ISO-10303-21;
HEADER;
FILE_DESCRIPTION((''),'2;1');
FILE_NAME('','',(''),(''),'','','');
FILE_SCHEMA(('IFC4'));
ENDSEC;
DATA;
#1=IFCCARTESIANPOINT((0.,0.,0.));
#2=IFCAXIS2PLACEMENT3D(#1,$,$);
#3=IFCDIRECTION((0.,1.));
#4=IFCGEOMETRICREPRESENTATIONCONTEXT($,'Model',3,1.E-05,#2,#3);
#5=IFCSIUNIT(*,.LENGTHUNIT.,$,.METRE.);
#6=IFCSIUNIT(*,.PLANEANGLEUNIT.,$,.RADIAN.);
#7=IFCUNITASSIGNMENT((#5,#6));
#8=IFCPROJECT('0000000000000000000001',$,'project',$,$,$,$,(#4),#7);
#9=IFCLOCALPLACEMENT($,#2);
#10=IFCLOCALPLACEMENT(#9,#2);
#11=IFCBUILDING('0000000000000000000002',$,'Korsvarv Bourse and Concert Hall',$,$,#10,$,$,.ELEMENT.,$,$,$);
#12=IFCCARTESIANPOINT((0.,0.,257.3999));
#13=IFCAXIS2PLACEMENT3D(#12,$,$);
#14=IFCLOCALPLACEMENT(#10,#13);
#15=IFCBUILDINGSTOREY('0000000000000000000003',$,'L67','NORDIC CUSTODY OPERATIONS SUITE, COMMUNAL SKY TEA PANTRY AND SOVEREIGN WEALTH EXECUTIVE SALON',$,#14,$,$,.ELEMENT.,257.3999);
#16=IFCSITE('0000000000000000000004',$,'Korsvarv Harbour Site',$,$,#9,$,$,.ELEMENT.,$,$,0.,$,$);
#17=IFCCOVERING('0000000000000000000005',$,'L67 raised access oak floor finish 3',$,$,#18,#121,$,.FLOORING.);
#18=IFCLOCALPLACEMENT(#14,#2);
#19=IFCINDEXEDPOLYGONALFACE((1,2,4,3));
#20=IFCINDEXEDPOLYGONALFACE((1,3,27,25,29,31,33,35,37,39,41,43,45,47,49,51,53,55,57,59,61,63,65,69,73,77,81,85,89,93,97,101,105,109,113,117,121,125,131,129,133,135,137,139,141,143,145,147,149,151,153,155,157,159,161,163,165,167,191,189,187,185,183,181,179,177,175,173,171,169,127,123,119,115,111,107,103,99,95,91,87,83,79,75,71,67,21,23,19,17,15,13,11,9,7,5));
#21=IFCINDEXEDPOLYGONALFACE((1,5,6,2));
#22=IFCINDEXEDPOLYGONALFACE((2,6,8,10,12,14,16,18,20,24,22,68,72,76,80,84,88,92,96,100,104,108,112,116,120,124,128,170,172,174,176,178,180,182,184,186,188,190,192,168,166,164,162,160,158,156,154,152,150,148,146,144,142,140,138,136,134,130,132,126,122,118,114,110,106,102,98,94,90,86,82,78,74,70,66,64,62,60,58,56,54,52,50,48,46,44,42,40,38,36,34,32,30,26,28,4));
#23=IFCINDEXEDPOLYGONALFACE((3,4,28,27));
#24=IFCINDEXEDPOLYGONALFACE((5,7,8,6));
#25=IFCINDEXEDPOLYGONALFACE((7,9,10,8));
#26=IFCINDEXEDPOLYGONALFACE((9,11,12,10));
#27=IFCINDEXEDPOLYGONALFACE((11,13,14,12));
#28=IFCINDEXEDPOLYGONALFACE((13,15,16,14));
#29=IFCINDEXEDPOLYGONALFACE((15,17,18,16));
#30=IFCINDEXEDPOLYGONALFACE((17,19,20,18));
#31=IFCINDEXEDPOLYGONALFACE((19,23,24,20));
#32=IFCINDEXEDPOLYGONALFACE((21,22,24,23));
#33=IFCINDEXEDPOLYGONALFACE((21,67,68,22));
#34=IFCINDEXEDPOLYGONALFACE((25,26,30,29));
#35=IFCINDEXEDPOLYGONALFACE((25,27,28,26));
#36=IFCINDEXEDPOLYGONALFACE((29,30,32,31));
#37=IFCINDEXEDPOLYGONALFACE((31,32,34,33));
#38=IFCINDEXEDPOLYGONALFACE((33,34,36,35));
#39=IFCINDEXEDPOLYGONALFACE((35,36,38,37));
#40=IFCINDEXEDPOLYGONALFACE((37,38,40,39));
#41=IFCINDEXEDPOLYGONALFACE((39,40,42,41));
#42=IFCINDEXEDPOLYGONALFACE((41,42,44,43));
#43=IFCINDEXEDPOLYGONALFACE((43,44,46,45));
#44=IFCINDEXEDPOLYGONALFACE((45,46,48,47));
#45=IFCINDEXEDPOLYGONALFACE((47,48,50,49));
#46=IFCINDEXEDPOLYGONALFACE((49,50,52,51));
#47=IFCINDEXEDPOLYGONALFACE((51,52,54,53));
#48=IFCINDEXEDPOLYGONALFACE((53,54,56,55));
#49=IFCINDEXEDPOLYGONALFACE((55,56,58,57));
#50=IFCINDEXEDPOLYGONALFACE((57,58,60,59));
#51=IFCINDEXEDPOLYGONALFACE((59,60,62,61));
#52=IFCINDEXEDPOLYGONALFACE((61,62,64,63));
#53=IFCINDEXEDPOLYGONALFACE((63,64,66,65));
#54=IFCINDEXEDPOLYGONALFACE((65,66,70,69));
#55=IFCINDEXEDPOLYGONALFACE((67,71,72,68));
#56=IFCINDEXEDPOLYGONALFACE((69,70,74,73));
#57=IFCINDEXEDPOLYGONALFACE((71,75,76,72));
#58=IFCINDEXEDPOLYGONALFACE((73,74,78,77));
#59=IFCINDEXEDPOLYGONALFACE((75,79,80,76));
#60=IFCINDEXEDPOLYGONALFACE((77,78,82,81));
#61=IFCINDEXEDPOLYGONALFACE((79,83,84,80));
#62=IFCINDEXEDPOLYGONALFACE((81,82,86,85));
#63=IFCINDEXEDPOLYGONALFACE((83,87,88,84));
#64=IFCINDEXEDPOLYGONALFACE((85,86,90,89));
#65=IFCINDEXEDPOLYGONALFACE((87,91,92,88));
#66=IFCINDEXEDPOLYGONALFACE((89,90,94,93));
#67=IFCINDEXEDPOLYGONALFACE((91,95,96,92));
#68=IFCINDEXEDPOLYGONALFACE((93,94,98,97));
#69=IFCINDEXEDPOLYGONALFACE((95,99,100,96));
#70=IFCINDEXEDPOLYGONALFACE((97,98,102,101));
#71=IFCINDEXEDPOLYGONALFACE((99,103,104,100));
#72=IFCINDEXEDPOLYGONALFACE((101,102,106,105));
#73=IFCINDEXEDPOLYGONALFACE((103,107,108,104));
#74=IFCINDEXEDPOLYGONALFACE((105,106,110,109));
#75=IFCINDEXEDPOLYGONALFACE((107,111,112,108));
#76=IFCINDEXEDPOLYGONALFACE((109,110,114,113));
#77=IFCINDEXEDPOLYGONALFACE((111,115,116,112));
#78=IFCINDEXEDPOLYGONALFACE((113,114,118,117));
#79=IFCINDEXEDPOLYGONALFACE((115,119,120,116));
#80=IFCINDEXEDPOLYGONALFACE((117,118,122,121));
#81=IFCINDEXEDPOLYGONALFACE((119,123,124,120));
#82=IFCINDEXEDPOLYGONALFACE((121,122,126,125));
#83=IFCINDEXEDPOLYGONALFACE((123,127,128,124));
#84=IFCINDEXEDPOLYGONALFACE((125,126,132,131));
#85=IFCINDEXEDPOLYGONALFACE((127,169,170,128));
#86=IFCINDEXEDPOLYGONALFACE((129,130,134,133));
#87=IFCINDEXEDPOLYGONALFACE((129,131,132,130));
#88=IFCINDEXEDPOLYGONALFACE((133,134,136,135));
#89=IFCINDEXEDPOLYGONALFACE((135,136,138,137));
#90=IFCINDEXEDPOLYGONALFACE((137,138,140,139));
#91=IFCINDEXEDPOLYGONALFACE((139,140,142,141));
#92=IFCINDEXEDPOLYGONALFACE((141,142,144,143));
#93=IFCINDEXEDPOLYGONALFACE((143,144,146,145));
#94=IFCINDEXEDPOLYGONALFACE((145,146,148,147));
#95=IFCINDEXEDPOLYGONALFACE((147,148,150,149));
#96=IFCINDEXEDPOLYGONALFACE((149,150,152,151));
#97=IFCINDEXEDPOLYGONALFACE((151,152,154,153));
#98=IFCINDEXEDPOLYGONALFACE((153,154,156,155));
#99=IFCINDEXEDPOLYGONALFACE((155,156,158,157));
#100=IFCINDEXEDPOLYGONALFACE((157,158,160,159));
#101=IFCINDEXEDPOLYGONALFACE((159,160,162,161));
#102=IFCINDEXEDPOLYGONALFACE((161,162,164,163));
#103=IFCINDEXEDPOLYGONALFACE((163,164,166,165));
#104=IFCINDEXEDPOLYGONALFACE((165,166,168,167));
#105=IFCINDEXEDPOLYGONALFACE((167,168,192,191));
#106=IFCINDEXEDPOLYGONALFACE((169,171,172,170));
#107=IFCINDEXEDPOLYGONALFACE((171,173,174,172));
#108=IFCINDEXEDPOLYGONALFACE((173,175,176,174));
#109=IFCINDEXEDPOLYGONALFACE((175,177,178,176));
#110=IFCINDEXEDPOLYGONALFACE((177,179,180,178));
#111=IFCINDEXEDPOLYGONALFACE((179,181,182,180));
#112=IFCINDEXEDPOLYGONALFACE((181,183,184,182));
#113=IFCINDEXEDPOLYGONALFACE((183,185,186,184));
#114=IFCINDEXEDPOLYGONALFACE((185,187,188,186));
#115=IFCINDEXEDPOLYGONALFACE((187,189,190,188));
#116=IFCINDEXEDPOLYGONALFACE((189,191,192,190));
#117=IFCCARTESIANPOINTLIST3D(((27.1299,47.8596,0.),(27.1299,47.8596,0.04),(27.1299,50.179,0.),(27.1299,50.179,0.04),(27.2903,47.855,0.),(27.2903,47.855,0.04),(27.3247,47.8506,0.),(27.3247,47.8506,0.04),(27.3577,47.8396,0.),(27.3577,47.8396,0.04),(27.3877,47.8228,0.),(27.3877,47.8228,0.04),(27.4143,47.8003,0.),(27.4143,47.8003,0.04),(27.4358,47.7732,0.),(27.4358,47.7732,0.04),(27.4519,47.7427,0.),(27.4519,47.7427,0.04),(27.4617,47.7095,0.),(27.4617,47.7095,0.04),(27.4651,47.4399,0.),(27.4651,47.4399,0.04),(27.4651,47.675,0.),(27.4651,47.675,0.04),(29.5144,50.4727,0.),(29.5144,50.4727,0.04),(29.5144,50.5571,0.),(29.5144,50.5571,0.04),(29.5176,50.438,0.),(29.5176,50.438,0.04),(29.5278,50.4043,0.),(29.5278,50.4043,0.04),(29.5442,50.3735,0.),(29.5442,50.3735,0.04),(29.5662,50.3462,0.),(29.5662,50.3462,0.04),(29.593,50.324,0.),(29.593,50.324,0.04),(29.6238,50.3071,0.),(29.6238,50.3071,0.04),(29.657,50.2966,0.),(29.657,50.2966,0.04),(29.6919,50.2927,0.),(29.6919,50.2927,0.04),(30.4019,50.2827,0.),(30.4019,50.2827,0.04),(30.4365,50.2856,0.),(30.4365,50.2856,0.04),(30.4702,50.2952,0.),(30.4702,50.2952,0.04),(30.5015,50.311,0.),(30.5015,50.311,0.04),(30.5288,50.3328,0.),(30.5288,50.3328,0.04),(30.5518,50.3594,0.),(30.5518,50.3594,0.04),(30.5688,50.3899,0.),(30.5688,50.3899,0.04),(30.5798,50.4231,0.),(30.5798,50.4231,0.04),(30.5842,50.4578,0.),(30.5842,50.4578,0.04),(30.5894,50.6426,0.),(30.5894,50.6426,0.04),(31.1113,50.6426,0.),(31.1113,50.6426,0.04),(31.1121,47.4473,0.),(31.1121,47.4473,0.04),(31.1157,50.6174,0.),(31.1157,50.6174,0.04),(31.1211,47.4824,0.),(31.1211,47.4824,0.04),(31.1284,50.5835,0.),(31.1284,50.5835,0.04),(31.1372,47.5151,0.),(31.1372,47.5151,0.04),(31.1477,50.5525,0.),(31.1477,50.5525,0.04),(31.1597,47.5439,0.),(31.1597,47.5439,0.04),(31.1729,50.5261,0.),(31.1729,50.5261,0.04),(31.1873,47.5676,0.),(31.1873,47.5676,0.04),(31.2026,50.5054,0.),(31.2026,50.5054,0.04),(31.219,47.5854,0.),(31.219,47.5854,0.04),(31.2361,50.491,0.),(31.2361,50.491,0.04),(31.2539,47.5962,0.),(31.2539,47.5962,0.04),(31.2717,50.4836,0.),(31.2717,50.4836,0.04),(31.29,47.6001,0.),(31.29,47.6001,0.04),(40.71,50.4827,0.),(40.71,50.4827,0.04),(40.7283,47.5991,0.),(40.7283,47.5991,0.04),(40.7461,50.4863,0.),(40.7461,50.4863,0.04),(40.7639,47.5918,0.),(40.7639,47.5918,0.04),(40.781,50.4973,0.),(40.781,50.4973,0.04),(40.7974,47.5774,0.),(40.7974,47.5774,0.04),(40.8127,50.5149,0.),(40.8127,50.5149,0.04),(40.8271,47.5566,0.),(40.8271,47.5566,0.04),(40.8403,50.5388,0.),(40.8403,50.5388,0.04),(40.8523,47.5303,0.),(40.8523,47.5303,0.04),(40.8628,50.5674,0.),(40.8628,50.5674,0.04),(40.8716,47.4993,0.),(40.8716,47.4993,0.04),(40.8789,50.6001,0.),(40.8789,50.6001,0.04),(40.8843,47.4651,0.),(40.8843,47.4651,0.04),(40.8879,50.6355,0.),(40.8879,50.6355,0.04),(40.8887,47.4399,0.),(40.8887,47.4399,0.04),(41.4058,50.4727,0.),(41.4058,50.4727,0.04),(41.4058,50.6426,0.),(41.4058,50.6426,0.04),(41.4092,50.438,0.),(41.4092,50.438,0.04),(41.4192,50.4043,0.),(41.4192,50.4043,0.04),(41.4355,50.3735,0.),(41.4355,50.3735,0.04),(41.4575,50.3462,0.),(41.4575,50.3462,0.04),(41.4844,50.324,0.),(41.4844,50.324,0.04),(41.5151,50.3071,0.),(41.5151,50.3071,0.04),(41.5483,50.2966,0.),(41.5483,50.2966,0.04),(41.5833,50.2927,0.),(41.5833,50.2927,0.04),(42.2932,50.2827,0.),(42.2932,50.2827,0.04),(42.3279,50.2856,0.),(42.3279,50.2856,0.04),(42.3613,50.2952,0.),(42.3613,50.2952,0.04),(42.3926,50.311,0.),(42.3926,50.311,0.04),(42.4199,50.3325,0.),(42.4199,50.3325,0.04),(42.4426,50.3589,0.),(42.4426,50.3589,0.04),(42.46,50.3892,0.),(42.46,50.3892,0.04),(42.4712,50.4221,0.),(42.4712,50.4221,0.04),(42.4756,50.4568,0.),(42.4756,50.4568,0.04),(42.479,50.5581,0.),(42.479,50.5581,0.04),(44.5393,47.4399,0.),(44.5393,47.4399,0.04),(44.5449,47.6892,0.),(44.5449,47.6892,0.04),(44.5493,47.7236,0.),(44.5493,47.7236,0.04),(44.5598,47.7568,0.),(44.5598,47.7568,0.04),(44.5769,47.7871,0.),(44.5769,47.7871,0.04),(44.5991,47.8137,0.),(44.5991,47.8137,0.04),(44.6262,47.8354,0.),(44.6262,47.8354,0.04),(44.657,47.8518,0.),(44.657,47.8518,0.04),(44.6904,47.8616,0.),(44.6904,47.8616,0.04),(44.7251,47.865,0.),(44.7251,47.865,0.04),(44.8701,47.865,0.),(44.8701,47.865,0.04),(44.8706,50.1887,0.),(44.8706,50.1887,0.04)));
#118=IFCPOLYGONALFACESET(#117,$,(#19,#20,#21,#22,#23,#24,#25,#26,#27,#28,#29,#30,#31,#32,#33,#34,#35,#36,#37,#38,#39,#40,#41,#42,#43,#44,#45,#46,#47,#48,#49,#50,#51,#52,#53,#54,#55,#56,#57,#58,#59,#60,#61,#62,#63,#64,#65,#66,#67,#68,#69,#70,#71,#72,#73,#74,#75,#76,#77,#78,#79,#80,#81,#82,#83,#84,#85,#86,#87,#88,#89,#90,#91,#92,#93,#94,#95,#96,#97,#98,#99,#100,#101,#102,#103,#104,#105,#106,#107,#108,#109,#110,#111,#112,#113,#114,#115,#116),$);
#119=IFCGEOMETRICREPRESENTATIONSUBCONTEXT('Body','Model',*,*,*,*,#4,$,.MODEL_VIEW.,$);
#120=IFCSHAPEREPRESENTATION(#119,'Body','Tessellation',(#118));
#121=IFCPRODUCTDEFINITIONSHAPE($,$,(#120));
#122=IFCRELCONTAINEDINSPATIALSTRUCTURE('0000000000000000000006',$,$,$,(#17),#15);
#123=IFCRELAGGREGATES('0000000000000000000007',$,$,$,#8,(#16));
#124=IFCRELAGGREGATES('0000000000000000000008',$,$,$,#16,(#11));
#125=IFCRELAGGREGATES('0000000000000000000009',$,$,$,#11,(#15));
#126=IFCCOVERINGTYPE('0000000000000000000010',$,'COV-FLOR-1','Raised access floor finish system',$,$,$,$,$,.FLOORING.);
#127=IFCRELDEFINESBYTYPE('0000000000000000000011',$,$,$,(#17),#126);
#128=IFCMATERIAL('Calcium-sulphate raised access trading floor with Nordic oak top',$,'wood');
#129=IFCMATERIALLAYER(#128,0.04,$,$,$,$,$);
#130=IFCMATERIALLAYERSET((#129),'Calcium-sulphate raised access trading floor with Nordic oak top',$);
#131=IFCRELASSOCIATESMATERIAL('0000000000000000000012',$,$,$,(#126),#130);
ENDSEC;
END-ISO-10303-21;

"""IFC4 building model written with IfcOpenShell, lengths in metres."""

from ifc_helpers import new_model, si_unit, direction, frame, origin, place, context, subcontext, project, spatial, polyline, outline, extrude, material, layer, layer_set, type_object, element, save


model = new_model("IFC4")

# Units and contexts
model_context = context("Model", 3, precision=1e-05, world=origin(), true_north=direction((0.0, 1.0)))
body_context = subcontext(model_context, "Body", "Model", "MODEL_VIEW")
ifc_project = project(units=[si_unit("LENGTHUNIT", "METRE"), si_unit("PLANEANGLEUNIT", "RADIAN")], contexts=[model_context])

# Site, building, storey
site_placement = place(None, origin())
site = spatial("IfcSite", under=ifc_project, at=site_placement, Name="Korsvarv Harbour Site", CompositionType="ELEMENT", RefElevation=0.0)
building_placement = place(site_placement, origin())
building = spatial("IfcBuilding", under=site, at=building_placement, Name="Korsvarv Bourse and Concert Hall", CompositionType="ELEMENT")
storey_placement = place(building_placement, frame((0.0, 0.0, 257.3999)))
storey = spatial("IfcBuildingStorey", under=building, at=storey_placement, Name="L67", Description="NORDIC CUSTODY OPERATIONS SUITE, COMMUNAL SKY TEA PANTRY AND SOVEREIGN WEALTH EXECUTIVE SALON", CompositionType="ELEMENT", Elevation=257.3999)

# Covering
ifc_material_1 = material(Name="Calcium-sulphate raised access trading floor with Nordic oak top", Category="wood")
ifc_layer_1 = layer(ifc_material_1, 0.04)
ifc_layer_set_1 = layer_set([ifc_layer_1], Name="Calcium-sulphate raised access trading floor with Nordic oak top")
covering_type_1 = type_object("IfcCoveringType", Name="COV-FLOR-1", Description="Raised access floor finish system", PredefinedType="FLOORING", material=ifc_layer_set_1)
covering_1_placement = place(storey_placement, origin())
element("IfcCovering", 1, at=covering_1_placement, inside=storey, type_object=covering_type_1, Name="L67 raised access oak floor finish 3", PredefinedType="FLOORING", context=body_context, shape_type="SweptSolid", body=[
    extrude(outline(polyline([(29.5144, 50.5571), (29.5144, 50.4727), (29.5176, 50.438), (29.5278, 50.4043), (29.5442, 50.3735), (29.5662, 50.3462), (29.593, 50.324), (29.6238, 50.3071), (29.657, 50.2966), (29.6919, 50.2927), (30.4019, 50.2827), (30.4365, 50.2856), (30.4702, 50.2952), (30.5015, 50.311), (30.5288, 50.3328), (30.5518, 50.3594), (30.5688, 50.3899), (30.5798, 50.4231), (30.5842, 50.4578), (30.5894, 50.6426), (31.1113, 50.6426), (31.1157, 50.6174), (31.1284, 50.5835), (31.1477, 50.5525), (31.1729, 50.5261), (31.2026, 50.5054), (31.2361, 50.491), (31.2717, 50.4836), (40.71, 50.4827), (40.7461, 50.4863), (40.781, 50.4973), (40.8127, 50.5149), (40.8403, 50.5388), (40.8628, 50.5674), (40.8789, 50.6001), (40.8879, 50.6355), (41.4058, 50.6426), (41.4058, 50.4727), (41.4092, 50.438), (41.4192, 50.4043), (41.4355, 50.3735), (41.4575, 50.3462), (41.4844, 50.324), (41.5151, 50.3071), (41.5483, 50.2966), (41.5833, 50.2927), (42.2932, 50.2827), (42.3279, 50.2856), (42.3613, 50.2952), (42.3926, 50.311), (42.4199, 50.3325), (42.4426, 50.3589), (42.46, 50.3892), (42.4712, 50.4221), (42.4756, 50.4568), (42.479, 50.5581), (44.8706, 50.1887), (44.8701, 47.865), (44.7251, 47.865), (44.6904, 47.8616), (44.657, 47.8518), (44.6262, 47.8354), (44.5991, 47.8137), (44.5769, 47.7871), (44.5598, 47.7568), (44.5493, 47.7236), (44.5449, 47.6892), (44.5393, 47.4399), (40.8887, 47.4399), (40.8843, 47.4651), (40.8716, 47.4993), (40.8523, 47.5303), (40.8271, 47.5566), (40.7974, 47.5774), (40.7639, 47.5918), (40.7283, 47.5991), (31.29, 47.6001), (31.2539, 47.5962), (31.219, 47.5854), (31.1873, 47.5676), (31.1597, 47.5439), (31.1372, 47.5151), (31.1211, 47.4824), (31.1121, 47.4473), (27.4651, 47.4399), (27.4651, 47.675), (27.4617, 47.7095), (27.4519, 47.7427), (27.4358, 47.7732), (27.4143, 47.8003), (27.3877, 47.8228), (27.3577, 47.8396), (27.3247, 47.8506), (27.2903, 47.855), (27.1299, 47.8596), (27.1299, 50.179), (29.5144, 50.5571)])), origin(), (0.0, 0.0, 1.0), 0.04),
])

save(model, "model.ifc")
